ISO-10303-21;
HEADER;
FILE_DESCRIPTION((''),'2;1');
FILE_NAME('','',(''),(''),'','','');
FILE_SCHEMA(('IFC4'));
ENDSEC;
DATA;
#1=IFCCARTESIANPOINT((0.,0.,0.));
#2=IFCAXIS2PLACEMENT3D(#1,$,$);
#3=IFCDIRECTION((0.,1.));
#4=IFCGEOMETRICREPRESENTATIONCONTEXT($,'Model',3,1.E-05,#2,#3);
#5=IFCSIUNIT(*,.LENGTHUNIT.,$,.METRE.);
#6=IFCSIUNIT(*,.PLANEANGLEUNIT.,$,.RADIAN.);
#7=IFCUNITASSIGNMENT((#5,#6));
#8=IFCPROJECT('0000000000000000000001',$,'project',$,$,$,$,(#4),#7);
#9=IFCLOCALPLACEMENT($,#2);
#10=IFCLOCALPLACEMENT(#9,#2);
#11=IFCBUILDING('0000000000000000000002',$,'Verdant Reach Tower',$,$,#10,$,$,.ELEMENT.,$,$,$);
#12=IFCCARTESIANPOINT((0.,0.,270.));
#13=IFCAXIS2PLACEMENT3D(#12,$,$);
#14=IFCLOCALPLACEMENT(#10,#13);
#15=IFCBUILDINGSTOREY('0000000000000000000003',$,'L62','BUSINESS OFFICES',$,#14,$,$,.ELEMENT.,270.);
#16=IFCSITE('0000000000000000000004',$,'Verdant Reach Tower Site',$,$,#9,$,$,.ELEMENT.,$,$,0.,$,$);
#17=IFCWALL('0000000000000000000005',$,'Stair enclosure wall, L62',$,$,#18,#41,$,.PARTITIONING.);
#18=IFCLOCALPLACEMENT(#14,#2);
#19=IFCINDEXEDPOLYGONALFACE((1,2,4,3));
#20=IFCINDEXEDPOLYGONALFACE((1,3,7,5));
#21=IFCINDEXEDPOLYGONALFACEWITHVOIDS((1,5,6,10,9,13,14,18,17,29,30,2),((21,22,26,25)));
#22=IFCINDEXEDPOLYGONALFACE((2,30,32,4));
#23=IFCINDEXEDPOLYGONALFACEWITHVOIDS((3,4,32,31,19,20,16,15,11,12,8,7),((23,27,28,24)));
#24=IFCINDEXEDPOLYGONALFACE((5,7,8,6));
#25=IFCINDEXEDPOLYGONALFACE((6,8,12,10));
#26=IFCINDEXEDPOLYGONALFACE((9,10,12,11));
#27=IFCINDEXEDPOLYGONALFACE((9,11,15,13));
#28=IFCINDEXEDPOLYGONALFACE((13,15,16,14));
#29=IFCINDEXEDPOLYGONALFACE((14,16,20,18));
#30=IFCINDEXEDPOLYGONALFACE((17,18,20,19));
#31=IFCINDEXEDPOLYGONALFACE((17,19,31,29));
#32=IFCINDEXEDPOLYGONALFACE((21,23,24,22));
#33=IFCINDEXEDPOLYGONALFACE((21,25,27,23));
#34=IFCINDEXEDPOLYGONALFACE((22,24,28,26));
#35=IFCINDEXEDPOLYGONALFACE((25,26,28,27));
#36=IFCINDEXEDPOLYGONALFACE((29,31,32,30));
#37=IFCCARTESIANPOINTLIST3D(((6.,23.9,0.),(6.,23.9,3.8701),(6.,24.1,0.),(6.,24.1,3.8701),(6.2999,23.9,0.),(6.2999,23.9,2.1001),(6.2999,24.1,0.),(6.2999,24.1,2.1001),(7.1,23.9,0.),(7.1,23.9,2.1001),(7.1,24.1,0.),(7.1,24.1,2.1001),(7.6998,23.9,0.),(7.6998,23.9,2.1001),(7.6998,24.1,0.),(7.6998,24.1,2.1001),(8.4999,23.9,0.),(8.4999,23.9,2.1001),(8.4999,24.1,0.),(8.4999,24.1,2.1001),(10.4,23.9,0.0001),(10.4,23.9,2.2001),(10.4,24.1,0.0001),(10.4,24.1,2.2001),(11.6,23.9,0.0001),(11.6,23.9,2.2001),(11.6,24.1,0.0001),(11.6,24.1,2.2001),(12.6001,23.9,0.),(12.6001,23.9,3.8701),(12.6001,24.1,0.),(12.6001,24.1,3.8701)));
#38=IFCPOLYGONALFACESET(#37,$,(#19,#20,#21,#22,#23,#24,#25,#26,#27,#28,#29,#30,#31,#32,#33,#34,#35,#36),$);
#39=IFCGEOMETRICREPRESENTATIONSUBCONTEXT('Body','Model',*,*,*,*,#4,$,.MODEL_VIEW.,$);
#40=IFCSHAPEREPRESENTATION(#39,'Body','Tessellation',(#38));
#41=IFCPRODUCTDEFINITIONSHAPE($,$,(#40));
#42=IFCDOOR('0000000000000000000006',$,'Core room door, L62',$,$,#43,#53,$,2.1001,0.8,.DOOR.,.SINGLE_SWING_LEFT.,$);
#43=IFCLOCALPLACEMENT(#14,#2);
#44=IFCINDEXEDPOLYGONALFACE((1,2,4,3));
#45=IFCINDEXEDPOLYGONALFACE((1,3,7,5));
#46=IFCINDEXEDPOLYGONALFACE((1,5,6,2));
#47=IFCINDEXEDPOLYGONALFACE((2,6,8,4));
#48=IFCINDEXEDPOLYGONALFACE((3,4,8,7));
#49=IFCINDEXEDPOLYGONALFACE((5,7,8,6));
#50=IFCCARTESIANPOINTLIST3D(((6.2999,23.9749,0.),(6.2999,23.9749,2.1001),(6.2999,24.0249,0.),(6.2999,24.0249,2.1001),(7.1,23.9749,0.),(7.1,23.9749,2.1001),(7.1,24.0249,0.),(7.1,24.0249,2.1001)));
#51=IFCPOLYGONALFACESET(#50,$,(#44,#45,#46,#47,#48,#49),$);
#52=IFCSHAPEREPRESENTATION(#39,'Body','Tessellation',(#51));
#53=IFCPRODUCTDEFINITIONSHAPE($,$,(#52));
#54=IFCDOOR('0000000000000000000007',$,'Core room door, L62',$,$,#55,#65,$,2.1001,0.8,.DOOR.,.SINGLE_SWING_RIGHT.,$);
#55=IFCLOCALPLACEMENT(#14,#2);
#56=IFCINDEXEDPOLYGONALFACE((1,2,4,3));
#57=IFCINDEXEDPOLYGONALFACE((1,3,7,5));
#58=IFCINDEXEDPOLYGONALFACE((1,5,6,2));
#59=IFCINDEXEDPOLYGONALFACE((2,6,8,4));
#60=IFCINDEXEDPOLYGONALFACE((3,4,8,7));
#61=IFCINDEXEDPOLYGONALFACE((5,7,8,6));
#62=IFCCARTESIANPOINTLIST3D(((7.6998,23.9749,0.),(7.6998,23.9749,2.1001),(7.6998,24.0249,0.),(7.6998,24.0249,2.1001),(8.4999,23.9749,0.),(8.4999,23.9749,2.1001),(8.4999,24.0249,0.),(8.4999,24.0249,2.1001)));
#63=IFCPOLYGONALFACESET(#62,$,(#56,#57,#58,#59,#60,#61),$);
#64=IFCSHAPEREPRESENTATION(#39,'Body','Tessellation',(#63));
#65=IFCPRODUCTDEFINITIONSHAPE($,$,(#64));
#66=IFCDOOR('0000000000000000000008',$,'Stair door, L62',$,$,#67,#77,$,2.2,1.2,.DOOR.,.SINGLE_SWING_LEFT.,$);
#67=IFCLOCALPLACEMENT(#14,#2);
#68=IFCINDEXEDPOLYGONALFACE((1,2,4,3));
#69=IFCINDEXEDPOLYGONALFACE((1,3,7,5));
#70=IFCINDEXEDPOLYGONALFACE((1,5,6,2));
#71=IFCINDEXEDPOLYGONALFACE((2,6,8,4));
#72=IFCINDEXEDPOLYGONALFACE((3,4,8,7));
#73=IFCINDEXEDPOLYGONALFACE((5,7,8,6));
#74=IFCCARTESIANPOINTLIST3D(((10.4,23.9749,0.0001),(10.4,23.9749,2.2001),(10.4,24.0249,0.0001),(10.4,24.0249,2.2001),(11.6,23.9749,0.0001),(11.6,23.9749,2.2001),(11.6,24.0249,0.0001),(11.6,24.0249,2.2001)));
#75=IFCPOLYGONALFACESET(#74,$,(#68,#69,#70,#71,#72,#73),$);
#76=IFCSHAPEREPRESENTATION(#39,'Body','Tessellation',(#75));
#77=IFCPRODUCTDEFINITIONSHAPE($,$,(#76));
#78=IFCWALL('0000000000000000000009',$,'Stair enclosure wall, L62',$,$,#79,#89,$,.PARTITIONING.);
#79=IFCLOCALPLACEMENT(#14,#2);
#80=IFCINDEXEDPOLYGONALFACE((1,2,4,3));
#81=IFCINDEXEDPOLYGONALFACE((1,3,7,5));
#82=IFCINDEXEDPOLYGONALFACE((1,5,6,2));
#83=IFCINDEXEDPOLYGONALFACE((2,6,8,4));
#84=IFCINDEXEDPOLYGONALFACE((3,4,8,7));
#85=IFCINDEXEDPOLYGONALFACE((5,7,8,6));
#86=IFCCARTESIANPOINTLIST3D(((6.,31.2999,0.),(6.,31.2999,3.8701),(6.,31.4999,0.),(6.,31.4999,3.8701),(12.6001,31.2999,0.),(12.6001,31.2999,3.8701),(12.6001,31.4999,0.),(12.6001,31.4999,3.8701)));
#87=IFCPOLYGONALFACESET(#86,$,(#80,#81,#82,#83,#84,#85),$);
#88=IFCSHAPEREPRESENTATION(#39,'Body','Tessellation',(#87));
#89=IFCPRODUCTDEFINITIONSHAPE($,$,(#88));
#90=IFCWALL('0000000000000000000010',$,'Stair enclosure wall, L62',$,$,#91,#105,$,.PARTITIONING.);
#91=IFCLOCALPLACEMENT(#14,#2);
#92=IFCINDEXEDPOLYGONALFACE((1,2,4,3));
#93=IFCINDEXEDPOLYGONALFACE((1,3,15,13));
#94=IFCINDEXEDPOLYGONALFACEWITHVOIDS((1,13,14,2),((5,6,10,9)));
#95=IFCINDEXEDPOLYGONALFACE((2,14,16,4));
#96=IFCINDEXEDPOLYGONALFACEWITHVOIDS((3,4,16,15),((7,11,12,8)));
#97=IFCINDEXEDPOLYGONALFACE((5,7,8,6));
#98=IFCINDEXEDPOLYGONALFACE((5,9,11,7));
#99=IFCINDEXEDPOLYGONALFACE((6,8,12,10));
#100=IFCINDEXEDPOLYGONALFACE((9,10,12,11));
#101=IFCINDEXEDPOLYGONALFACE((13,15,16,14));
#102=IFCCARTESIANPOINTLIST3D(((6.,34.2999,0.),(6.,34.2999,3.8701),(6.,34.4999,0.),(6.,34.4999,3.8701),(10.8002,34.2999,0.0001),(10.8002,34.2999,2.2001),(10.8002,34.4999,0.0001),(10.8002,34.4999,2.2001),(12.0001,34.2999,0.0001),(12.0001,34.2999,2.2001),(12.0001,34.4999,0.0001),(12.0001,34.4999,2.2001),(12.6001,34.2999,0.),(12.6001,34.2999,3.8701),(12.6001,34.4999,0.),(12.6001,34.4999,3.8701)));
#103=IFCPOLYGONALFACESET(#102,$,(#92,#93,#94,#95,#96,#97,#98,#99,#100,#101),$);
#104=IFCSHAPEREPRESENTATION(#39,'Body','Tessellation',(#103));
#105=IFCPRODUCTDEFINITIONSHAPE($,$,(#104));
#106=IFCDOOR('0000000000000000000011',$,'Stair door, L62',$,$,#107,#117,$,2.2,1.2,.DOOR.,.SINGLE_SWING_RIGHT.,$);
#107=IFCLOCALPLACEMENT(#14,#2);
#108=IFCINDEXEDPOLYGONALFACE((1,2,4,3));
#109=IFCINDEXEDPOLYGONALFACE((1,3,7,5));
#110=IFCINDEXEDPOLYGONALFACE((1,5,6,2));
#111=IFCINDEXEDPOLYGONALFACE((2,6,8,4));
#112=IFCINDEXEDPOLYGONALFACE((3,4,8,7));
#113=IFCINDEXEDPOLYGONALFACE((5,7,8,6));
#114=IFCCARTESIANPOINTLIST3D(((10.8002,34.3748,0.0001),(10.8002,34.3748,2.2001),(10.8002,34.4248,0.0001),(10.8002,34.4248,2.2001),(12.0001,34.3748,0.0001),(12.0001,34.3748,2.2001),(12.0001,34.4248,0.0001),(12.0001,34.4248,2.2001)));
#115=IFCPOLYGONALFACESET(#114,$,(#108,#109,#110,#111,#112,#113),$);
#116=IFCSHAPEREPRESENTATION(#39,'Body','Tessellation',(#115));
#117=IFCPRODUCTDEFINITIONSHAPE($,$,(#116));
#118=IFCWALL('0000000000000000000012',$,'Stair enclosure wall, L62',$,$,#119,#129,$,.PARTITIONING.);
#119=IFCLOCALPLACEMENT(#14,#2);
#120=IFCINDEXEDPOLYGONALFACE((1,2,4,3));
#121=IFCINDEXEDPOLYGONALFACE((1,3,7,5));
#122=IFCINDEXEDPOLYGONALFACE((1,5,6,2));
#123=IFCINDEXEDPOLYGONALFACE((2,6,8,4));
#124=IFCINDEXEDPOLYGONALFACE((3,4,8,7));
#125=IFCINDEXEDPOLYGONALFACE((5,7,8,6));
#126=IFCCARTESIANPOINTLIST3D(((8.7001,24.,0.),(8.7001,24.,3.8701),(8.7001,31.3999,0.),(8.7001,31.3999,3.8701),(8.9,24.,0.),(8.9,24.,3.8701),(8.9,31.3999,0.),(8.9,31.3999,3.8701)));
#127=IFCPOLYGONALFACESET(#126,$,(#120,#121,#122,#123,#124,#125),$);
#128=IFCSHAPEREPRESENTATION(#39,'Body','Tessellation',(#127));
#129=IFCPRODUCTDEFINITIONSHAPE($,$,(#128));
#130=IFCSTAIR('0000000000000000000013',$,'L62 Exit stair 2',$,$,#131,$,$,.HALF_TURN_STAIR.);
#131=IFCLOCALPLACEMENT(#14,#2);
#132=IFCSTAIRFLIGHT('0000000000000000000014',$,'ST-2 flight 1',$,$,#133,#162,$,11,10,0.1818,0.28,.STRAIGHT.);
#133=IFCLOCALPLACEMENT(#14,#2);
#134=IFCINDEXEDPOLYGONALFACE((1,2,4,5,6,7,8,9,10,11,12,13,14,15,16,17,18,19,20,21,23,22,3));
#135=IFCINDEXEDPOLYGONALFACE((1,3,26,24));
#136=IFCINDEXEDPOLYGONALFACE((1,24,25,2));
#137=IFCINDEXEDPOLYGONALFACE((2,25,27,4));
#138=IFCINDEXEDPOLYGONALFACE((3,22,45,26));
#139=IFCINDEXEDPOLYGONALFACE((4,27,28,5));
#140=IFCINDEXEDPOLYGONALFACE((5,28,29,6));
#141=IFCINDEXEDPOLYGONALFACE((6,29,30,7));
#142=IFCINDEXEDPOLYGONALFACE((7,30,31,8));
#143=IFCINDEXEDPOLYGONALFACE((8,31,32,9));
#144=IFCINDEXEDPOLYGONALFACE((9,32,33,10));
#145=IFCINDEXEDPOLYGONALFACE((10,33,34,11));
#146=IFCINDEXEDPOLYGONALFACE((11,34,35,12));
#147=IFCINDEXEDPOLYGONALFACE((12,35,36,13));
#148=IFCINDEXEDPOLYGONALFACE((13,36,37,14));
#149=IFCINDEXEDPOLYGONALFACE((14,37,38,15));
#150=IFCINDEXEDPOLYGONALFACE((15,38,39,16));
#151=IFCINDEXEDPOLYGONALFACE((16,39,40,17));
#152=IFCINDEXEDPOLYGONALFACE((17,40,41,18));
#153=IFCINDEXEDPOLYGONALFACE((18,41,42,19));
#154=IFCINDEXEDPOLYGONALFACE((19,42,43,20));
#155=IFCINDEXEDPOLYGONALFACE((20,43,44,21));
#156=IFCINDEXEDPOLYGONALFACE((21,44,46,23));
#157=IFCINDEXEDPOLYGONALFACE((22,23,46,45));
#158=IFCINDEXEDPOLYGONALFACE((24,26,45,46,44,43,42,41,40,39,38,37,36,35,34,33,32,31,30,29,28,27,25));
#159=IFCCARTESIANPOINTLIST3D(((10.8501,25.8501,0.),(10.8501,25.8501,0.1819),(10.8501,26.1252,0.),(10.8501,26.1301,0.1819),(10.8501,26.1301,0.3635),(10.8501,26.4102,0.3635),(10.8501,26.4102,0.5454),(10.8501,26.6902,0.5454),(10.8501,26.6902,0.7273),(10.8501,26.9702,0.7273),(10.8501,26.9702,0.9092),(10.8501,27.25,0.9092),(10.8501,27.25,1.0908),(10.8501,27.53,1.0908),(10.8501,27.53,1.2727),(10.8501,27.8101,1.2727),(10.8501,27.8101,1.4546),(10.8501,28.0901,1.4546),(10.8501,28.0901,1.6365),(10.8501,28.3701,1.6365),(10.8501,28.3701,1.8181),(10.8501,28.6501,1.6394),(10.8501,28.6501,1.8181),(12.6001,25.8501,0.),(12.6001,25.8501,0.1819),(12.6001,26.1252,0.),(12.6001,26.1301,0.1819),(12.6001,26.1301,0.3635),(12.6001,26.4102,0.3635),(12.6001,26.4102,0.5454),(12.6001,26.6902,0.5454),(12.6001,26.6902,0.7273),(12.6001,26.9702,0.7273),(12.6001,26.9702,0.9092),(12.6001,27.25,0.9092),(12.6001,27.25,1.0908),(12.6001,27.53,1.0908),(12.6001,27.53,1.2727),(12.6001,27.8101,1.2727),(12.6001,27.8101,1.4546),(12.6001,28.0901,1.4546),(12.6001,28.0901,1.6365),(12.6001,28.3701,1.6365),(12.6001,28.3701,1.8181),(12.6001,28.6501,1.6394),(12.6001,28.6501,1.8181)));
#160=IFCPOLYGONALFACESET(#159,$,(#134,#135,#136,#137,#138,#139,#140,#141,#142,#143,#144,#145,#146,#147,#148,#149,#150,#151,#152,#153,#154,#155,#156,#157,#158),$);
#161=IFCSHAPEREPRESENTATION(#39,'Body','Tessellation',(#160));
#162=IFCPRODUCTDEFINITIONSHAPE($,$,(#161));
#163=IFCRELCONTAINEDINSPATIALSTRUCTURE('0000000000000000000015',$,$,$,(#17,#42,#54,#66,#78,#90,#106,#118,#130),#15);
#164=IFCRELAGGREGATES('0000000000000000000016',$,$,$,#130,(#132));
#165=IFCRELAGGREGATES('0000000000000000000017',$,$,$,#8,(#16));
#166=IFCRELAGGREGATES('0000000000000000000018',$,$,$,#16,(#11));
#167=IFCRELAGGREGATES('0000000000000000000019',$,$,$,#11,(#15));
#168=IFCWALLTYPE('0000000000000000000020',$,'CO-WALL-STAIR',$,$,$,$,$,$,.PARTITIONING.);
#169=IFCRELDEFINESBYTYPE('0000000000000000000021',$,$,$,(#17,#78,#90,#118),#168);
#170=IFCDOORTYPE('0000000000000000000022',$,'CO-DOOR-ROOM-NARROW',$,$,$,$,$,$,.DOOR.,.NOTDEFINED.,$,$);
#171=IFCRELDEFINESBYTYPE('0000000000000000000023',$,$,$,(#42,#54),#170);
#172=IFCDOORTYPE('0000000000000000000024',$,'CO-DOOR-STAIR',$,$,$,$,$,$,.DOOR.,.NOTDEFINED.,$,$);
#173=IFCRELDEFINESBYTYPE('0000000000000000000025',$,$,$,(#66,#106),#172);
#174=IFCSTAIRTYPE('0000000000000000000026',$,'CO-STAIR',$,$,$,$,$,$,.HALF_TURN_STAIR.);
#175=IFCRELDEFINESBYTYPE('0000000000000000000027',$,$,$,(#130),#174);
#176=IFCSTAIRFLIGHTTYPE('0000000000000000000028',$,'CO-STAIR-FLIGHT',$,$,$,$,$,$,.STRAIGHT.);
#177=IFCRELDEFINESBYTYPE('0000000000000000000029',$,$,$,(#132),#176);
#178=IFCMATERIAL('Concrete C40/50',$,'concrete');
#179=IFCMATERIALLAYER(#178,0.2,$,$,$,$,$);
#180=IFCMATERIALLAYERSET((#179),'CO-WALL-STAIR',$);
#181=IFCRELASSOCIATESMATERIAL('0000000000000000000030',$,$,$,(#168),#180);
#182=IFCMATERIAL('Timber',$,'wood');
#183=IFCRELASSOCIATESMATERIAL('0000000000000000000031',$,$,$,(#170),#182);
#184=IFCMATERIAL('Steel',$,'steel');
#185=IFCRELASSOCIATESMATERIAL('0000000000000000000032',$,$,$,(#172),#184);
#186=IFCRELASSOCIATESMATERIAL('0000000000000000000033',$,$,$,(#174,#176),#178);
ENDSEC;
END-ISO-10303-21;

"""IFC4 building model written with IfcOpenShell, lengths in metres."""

from ifc_helpers import new_model, si_unit, direction, frame, frame_2d, origin, place, context, subcontext, project, spatial, polyline, rectangle, outline, extrude, material, layer, layer_set, type_object, element, fill, aggregate, save


model = new_model("IFC4")

# Units and contexts
model_context = context("Model", 3, precision=1e-05, world=origin(), true_north=direction((0.0, 1.0)))
body_context = subcontext(model_context, "Body", "Model", "MODEL_VIEW")
ifc_project = project(units=[si_unit("LENGTHUNIT", "METRE"), si_unit("PLANEANGLEUNIT", "RADIAN")], contexts=[model_context])

# Site, building, storey
site_placement = place(None, origin())
site = spatial("IfcSite", under=ifc_project, at=site_placement, Name="Verdant Reach Tower Site", CompositionType="ELEMENT", RefElevation=0.0)
building_placement = place(site_placement, origin())
building = spatial("IfcBuilding", under=site, at=building_placement, Name="Verdant Reach Tower", CompositionType="ELEMENT")
storey_placement = place(building_placement, frame((0.0, 0.0, 270.0)))
storey = spatial("IfcBuildingStorey", under=building, at=storey_placement, Name="L62", Description="BUSINESS OFFICES", CompositionType="ELEMENT", Elevation=270.0)

# Shared definitions
ifc_material_1 = material(Name="Timber", Category="wood")

# Shared definitions
ifc_material_2 = material(Name="Concrete C40/50", Category="concrete")

# Wall, openings, doors
ifc_layer_1 = layer(ifc_material_2, 0.2)
ifc_layer_set_1 = layer_set([ifc_layer_1], Name="CO-WALL-STAIR")
wall_type_1 = type_object("IfcWallType", Name="CO-WALL-STAIR", PredefinedType="PARTITIONING", material=ifc_layer_set_1)
wall_1_placement = place(storey_placement, frame((6.0, 24.0, 0.0), z_axis=(0.0, 0.0, 1.0), x_axis=(1.0, 0.0, 0.0)))
wall_1 = element("IfcWall", 1, at=wall_1_placement, inside=storey, type_object=wall_type_1, Name="Stair enclosure wall, L62", PredefinedType="PARTITIONING", context=body_context, shape_type="SweptSolid", body=[
    extrude(rectangle(XDim=6.6001, YDim=0.2, at=frame_2d((3.3, 0.0))), origin(), (0.0, 0.0, 1.0), 3.8701),
])
opening_1_placement = place(wall_1_placement, frame((0.3, 0.0, 0.0)))
opening_1 = element("IfcOpeningElement", 2, at=opening_1_placement, cuts=wall_1, PredefinedType="OPENING", context=body_context, shape_type="SweptSolid", body=[
    extrude(rectangle(XDim=0.8, YDim=2.1001, at=frame_2d((0.3999, 1.05))), frame((0.0, 0.1099, 0.0), z_axis=(0.0, -1.0, 0.0), x_axis=(1.0, 0.0, 0.0)), (0.0, 0.0, 1.0), 0.22),
])
opening_2_placement = place(wall_1_placement, frame((1.7, 0.0, 0.0)))
opening_2 = element("IfcOpeningElement", 3, at=opening_2_placement, cuts=wall_1, PredefinedType="OPENING", context=body_context, shape_type="SweptSolid", body=[
    extrude(rectangle(XDim=0.8, YDim=2.1001, at=frame_2d((0.3999, 1.05))), frame((0.0, 0.1099, 0.0), z_axis=(0.0, -1.0, 0.0), x_axis=(1.0, 0.0, 0.0)), (0.0, 0.0, 1.0), 0.22),
])
opening_3_placement = place(wall_1_placement, frame((4.3999, 0.0, 0.0)))
opening_3 = element("IfcOpeningElement", 4, at=opening_3_placement, cuts=wall_1, PredefinedType="OPENING", context=body_context, shape_type="SweptSolid", body=[
    extrude(rectangle(XDim=1.2, YDim=2.2, at=frame_2d((0.6001, 1.1001))), frame((0.0, 0.1099, 0.0), z_axis=(0.0, -1.0, 0.0), x_axis=(1.0, 0.0, 0.0)), (0.0, 0.0, 1.0), 0.22),
])
door_type_1 = type_object("IfcDoorType", Name="CO-DOOR-ROOM-NARROW", OperationType="NOTDEFINED", PredefinedType="DOOR", material=ifc_material_1)
door_1_placement = place(opening_1_placement, origin())
door_1 = element("IfcDoor", 5, at=door_1_placement, inside=storey, type_object=door_type_1, Name="Core room door, L62", OperationType="SINGLE_SWING_LEFT", OverallHeight=2.1001, OverallWidth=0.8, PredefinedType="DOOR", context=body_context, shape_type="SweptSolid", body=[
    extrude(rectangle(XDim=0.8, YDim=2.1001, at=frame_2d((0.3999, 1.05))), frame((0.0, 0.0249, 0.0), z_axis=(0.0, -1.0, 0.0), x_axis=(1.0, 0.0, 0.0)), (0.0, 0.0, 1.0), 0.05),
])
fill(opening_1, door_1)
door_2_placement = place(opening_2_placement, origin())
door_2 = element("IfcDoor", 6, at=door_2_placement, inside=storey, type_object=door_type_1, Name="Core room door, L62", OperationType="SINGLE_SWING_RIGHT", OverallHeight=2.1001, OverallWidth=0.8, PredefinedType="DOOR", context=body_context, shape_type="SweptSolid", body=[
    extrude(rectangle(XDim=0.8, YDim=2.1001, at=frame_2d((0.3999, 1.05))), frame((0.0, 0.0249, 0.0), z_axis=(0.0, -1.0, 0.0), x_axis=(1.0, 0.0, 0.0)), (0.0, 0.0, 1.0), 0.05),
])
fill(opening_2, door_2)
ifc_material_3 = material(Name="Steel", Category="steel")
door_type_2 = type_object("IfcDoorType", Name="CO-DOOR-STAIR", OperationType="NOTDEFINED", PredefinedType="DOOR", material=ifc_material_3)
door_3_placement = place(opening_3_placement, origin())
door_3 = element("IfcDoor", 7, at=door_3_placement, inside=storey, type_object=door_type_2, Name="Stair door, L62", OperationType="SINGLE_SWING_LEFT", OverallHeight=2.2, OverallWidth=1.2, PredefinedType="DOOR", context=body_context, shape_type="SweptSolid", body=[
    extrude(rectangle(XDim=1.2, YDim=2.2, at=frame_2d((0.6001, 1.1001))), frame((0.0, 0.0249, 0.0), z_axis=(0.0, -1.0, 0.0), x_axis=(1.0, 0.0, 0.0)), (0.0, 0.0, 1.0), 0.05),
])
fill(opening_3, door_3)

# Wall
wall_2_placement = place(storey_placement, frame((6.0, 31.3999, 0.0), z_axis=(0.0, 0.0, 1.0), x_axis=(1.0, 0.0, 0.0)))
element("IfcWall", 8, at=wall_2_placement, inside=storey, type_object=wall_type_1, Name="Stair enclosure wall, L62", PredefinedType="PARTITIONING", context=body_context, shape_type="SweptSolid", body=[
    extrude(rectangle(XDim=6.6001, YDim=0.2, at=frame_2d((3.3, 0.0))), origin(), (0.0, 0.0, 1.0), 3.8701),
])

# Wall, opening, door
wall_3_placement = place(storey_placement, frame((6.0, 34.3999, 0.0), z_axis=(0.0, 0.0, 1.0), x_axis=(1.0, 0.0, 0.0)))
wall_3 = element("IfcWall", 9, at=wall_3_placement, inside=storey, type_object=wall_type_1, Name="Stair enclosure wall, L62", PredefinedType="PARTITIONING", context=body_context, shape_type="SweptSolid", body=[
    extrude(rectangle(XDim=6.6001, YDim=0.2, at=frame_2d((3.3, 0.0))), origin(), (0.0, 0.0, 1.0), 3.8701),
])
opening_4_placement = place(wall_3_placement, frame((4.8, 0.0, 0.0)))
opening_4 = element("IfcOpeningElement", 10, at=opening_4_placement, cuts=wall_3, PredefinedType="OPENING", context=body_context, shape_type="SweptSolid", body=[
    extrude(rectangle(XDim=1.2, YDim=2.2, at=frame_2d((0.6001, 1.1001))), frame((0.0, 0.1099, 0.0), z_axis=(0.0, -1.0, 0.0), x_axis=(1.0, 0.0, 0.0)), (0.0, 0.0, 1.0), 0.22),
])
door_4_placement = place(opening_4_placement, origin())
door_4 = element("IfcDoor", 11, at=door_4_placement, inside=storey, type_object=door_type_2, Name="Stair door, L62", OperationType="SINGLE_SWING_RIGHT", OverallHeight=2.2, OverallWidth=1.2, PredefinedType="DOOR", context=body_context, shape_type="SweptSolid", body=[
    extrude(rectangle(XDim=1.2, YDim=2.2, at=frame_2d((0.6001, 1.1001))), frame((0.0, 0.0249, 0.0), z_axis=(0.0, -1.0, 0.0), x_axis=(1.0, 0.0, 0.0)), (0.0, 0.0, 1.0), 0.05),
])
fill(opening_4, door_4)

# Wall
wall_4_placement = place(storey_placement, frame((8.8, 24.0, 0.0), z_axis=(0.0, 0.0, 1.0), x_axis=(0.0, 1.0, 0.0)))
element("IfcWall", 12, at=wall_4_placement, inside=storey, type_object=wall_type_1, Name="Stair enclosure wall, L62", PredefinedType="PARTITIONING", context=body_context, shape_type="SweptSolid", body=[
    extrude(rectangle(XDim=7.3999, YDim=0.2, at=frame_2d((3.7, 0.0))), origin(), (0.0, 0.0, 1.0), 3.8701),
])

# Stair, stair flight
stair_type = type_object("IfcStairType", Name="CO-STAIR", PredefinedType="HALF_TURN_STAIR", material=ifc_material_2)
stair_1_placement = place(storey_placement, origin())
stair_1 = element("IfcStair", 13, at=stair_1_placement, inside=storey, type_object=stair_type, Name="L62 Exit stair 2", PredefinedType="HALF_TURN_STAIR")
stair_flight_type = type_object("IfcStairFlightType", Name="CO-STAIR-FLIGHT", PredefinedType="STRAIGHT", material=ifc_material_2)
stair_flight_1_placement = place(storey_placement, frame((11.7251, 25.8501, 0.0), z_axis=(0.0, 0.0, 1.0), x_axis=(0.0, 1.0, 0.0)))
stair_flight_1 = element("IfcStairFlight", 14, at=stair_flight_1_placement, type_object=stair_flight_type, Name="ST-2 flight 1", NumberOfRisers=11, NumberOfTreads=10, PredefinedType="STRAIGHT", RiserHeight=0.1818, TreadLength=0.28, context=body_context, shape_type="SweptSolid", body=[
    extrude(outline(polyline([(0.0, 0.0), (0.0, 0.1819), (0.28, 0.1819), (0.28, 0.3635), (0.5601, 0.3635), (0.5601, 0.5454), (0.8401, 0.5454), (0.8401, 0.7273), (1.1201, 0.7273), (1.1201, 0.9092), (1.3999, 0.9092), (1.3999, 1.0908), (1.6799, 1.0908), (1.6799, 1.2727), (1.96, 1.2727), (1.96, 1.4546), (2.24, 1.4546), (2.24, 1.6365), (2.52, 1.6365), (2.52, 1.8181), (2.8, 1.8181), (2.8, 2.0), (2.8, 1.6394), (0.2751, 0.0), (0.0, 0.0)])), frame((0.0, 0.875, 0.0), z_axis=(0.0, -1.0, 0.0), x_axis=(1.0, 0.0, 0.0)), (0.0, 0.0, 1.0), 1.75),
])
aggregate(stair_1, [stair_flight_1])

save(model, "model.ifc")
